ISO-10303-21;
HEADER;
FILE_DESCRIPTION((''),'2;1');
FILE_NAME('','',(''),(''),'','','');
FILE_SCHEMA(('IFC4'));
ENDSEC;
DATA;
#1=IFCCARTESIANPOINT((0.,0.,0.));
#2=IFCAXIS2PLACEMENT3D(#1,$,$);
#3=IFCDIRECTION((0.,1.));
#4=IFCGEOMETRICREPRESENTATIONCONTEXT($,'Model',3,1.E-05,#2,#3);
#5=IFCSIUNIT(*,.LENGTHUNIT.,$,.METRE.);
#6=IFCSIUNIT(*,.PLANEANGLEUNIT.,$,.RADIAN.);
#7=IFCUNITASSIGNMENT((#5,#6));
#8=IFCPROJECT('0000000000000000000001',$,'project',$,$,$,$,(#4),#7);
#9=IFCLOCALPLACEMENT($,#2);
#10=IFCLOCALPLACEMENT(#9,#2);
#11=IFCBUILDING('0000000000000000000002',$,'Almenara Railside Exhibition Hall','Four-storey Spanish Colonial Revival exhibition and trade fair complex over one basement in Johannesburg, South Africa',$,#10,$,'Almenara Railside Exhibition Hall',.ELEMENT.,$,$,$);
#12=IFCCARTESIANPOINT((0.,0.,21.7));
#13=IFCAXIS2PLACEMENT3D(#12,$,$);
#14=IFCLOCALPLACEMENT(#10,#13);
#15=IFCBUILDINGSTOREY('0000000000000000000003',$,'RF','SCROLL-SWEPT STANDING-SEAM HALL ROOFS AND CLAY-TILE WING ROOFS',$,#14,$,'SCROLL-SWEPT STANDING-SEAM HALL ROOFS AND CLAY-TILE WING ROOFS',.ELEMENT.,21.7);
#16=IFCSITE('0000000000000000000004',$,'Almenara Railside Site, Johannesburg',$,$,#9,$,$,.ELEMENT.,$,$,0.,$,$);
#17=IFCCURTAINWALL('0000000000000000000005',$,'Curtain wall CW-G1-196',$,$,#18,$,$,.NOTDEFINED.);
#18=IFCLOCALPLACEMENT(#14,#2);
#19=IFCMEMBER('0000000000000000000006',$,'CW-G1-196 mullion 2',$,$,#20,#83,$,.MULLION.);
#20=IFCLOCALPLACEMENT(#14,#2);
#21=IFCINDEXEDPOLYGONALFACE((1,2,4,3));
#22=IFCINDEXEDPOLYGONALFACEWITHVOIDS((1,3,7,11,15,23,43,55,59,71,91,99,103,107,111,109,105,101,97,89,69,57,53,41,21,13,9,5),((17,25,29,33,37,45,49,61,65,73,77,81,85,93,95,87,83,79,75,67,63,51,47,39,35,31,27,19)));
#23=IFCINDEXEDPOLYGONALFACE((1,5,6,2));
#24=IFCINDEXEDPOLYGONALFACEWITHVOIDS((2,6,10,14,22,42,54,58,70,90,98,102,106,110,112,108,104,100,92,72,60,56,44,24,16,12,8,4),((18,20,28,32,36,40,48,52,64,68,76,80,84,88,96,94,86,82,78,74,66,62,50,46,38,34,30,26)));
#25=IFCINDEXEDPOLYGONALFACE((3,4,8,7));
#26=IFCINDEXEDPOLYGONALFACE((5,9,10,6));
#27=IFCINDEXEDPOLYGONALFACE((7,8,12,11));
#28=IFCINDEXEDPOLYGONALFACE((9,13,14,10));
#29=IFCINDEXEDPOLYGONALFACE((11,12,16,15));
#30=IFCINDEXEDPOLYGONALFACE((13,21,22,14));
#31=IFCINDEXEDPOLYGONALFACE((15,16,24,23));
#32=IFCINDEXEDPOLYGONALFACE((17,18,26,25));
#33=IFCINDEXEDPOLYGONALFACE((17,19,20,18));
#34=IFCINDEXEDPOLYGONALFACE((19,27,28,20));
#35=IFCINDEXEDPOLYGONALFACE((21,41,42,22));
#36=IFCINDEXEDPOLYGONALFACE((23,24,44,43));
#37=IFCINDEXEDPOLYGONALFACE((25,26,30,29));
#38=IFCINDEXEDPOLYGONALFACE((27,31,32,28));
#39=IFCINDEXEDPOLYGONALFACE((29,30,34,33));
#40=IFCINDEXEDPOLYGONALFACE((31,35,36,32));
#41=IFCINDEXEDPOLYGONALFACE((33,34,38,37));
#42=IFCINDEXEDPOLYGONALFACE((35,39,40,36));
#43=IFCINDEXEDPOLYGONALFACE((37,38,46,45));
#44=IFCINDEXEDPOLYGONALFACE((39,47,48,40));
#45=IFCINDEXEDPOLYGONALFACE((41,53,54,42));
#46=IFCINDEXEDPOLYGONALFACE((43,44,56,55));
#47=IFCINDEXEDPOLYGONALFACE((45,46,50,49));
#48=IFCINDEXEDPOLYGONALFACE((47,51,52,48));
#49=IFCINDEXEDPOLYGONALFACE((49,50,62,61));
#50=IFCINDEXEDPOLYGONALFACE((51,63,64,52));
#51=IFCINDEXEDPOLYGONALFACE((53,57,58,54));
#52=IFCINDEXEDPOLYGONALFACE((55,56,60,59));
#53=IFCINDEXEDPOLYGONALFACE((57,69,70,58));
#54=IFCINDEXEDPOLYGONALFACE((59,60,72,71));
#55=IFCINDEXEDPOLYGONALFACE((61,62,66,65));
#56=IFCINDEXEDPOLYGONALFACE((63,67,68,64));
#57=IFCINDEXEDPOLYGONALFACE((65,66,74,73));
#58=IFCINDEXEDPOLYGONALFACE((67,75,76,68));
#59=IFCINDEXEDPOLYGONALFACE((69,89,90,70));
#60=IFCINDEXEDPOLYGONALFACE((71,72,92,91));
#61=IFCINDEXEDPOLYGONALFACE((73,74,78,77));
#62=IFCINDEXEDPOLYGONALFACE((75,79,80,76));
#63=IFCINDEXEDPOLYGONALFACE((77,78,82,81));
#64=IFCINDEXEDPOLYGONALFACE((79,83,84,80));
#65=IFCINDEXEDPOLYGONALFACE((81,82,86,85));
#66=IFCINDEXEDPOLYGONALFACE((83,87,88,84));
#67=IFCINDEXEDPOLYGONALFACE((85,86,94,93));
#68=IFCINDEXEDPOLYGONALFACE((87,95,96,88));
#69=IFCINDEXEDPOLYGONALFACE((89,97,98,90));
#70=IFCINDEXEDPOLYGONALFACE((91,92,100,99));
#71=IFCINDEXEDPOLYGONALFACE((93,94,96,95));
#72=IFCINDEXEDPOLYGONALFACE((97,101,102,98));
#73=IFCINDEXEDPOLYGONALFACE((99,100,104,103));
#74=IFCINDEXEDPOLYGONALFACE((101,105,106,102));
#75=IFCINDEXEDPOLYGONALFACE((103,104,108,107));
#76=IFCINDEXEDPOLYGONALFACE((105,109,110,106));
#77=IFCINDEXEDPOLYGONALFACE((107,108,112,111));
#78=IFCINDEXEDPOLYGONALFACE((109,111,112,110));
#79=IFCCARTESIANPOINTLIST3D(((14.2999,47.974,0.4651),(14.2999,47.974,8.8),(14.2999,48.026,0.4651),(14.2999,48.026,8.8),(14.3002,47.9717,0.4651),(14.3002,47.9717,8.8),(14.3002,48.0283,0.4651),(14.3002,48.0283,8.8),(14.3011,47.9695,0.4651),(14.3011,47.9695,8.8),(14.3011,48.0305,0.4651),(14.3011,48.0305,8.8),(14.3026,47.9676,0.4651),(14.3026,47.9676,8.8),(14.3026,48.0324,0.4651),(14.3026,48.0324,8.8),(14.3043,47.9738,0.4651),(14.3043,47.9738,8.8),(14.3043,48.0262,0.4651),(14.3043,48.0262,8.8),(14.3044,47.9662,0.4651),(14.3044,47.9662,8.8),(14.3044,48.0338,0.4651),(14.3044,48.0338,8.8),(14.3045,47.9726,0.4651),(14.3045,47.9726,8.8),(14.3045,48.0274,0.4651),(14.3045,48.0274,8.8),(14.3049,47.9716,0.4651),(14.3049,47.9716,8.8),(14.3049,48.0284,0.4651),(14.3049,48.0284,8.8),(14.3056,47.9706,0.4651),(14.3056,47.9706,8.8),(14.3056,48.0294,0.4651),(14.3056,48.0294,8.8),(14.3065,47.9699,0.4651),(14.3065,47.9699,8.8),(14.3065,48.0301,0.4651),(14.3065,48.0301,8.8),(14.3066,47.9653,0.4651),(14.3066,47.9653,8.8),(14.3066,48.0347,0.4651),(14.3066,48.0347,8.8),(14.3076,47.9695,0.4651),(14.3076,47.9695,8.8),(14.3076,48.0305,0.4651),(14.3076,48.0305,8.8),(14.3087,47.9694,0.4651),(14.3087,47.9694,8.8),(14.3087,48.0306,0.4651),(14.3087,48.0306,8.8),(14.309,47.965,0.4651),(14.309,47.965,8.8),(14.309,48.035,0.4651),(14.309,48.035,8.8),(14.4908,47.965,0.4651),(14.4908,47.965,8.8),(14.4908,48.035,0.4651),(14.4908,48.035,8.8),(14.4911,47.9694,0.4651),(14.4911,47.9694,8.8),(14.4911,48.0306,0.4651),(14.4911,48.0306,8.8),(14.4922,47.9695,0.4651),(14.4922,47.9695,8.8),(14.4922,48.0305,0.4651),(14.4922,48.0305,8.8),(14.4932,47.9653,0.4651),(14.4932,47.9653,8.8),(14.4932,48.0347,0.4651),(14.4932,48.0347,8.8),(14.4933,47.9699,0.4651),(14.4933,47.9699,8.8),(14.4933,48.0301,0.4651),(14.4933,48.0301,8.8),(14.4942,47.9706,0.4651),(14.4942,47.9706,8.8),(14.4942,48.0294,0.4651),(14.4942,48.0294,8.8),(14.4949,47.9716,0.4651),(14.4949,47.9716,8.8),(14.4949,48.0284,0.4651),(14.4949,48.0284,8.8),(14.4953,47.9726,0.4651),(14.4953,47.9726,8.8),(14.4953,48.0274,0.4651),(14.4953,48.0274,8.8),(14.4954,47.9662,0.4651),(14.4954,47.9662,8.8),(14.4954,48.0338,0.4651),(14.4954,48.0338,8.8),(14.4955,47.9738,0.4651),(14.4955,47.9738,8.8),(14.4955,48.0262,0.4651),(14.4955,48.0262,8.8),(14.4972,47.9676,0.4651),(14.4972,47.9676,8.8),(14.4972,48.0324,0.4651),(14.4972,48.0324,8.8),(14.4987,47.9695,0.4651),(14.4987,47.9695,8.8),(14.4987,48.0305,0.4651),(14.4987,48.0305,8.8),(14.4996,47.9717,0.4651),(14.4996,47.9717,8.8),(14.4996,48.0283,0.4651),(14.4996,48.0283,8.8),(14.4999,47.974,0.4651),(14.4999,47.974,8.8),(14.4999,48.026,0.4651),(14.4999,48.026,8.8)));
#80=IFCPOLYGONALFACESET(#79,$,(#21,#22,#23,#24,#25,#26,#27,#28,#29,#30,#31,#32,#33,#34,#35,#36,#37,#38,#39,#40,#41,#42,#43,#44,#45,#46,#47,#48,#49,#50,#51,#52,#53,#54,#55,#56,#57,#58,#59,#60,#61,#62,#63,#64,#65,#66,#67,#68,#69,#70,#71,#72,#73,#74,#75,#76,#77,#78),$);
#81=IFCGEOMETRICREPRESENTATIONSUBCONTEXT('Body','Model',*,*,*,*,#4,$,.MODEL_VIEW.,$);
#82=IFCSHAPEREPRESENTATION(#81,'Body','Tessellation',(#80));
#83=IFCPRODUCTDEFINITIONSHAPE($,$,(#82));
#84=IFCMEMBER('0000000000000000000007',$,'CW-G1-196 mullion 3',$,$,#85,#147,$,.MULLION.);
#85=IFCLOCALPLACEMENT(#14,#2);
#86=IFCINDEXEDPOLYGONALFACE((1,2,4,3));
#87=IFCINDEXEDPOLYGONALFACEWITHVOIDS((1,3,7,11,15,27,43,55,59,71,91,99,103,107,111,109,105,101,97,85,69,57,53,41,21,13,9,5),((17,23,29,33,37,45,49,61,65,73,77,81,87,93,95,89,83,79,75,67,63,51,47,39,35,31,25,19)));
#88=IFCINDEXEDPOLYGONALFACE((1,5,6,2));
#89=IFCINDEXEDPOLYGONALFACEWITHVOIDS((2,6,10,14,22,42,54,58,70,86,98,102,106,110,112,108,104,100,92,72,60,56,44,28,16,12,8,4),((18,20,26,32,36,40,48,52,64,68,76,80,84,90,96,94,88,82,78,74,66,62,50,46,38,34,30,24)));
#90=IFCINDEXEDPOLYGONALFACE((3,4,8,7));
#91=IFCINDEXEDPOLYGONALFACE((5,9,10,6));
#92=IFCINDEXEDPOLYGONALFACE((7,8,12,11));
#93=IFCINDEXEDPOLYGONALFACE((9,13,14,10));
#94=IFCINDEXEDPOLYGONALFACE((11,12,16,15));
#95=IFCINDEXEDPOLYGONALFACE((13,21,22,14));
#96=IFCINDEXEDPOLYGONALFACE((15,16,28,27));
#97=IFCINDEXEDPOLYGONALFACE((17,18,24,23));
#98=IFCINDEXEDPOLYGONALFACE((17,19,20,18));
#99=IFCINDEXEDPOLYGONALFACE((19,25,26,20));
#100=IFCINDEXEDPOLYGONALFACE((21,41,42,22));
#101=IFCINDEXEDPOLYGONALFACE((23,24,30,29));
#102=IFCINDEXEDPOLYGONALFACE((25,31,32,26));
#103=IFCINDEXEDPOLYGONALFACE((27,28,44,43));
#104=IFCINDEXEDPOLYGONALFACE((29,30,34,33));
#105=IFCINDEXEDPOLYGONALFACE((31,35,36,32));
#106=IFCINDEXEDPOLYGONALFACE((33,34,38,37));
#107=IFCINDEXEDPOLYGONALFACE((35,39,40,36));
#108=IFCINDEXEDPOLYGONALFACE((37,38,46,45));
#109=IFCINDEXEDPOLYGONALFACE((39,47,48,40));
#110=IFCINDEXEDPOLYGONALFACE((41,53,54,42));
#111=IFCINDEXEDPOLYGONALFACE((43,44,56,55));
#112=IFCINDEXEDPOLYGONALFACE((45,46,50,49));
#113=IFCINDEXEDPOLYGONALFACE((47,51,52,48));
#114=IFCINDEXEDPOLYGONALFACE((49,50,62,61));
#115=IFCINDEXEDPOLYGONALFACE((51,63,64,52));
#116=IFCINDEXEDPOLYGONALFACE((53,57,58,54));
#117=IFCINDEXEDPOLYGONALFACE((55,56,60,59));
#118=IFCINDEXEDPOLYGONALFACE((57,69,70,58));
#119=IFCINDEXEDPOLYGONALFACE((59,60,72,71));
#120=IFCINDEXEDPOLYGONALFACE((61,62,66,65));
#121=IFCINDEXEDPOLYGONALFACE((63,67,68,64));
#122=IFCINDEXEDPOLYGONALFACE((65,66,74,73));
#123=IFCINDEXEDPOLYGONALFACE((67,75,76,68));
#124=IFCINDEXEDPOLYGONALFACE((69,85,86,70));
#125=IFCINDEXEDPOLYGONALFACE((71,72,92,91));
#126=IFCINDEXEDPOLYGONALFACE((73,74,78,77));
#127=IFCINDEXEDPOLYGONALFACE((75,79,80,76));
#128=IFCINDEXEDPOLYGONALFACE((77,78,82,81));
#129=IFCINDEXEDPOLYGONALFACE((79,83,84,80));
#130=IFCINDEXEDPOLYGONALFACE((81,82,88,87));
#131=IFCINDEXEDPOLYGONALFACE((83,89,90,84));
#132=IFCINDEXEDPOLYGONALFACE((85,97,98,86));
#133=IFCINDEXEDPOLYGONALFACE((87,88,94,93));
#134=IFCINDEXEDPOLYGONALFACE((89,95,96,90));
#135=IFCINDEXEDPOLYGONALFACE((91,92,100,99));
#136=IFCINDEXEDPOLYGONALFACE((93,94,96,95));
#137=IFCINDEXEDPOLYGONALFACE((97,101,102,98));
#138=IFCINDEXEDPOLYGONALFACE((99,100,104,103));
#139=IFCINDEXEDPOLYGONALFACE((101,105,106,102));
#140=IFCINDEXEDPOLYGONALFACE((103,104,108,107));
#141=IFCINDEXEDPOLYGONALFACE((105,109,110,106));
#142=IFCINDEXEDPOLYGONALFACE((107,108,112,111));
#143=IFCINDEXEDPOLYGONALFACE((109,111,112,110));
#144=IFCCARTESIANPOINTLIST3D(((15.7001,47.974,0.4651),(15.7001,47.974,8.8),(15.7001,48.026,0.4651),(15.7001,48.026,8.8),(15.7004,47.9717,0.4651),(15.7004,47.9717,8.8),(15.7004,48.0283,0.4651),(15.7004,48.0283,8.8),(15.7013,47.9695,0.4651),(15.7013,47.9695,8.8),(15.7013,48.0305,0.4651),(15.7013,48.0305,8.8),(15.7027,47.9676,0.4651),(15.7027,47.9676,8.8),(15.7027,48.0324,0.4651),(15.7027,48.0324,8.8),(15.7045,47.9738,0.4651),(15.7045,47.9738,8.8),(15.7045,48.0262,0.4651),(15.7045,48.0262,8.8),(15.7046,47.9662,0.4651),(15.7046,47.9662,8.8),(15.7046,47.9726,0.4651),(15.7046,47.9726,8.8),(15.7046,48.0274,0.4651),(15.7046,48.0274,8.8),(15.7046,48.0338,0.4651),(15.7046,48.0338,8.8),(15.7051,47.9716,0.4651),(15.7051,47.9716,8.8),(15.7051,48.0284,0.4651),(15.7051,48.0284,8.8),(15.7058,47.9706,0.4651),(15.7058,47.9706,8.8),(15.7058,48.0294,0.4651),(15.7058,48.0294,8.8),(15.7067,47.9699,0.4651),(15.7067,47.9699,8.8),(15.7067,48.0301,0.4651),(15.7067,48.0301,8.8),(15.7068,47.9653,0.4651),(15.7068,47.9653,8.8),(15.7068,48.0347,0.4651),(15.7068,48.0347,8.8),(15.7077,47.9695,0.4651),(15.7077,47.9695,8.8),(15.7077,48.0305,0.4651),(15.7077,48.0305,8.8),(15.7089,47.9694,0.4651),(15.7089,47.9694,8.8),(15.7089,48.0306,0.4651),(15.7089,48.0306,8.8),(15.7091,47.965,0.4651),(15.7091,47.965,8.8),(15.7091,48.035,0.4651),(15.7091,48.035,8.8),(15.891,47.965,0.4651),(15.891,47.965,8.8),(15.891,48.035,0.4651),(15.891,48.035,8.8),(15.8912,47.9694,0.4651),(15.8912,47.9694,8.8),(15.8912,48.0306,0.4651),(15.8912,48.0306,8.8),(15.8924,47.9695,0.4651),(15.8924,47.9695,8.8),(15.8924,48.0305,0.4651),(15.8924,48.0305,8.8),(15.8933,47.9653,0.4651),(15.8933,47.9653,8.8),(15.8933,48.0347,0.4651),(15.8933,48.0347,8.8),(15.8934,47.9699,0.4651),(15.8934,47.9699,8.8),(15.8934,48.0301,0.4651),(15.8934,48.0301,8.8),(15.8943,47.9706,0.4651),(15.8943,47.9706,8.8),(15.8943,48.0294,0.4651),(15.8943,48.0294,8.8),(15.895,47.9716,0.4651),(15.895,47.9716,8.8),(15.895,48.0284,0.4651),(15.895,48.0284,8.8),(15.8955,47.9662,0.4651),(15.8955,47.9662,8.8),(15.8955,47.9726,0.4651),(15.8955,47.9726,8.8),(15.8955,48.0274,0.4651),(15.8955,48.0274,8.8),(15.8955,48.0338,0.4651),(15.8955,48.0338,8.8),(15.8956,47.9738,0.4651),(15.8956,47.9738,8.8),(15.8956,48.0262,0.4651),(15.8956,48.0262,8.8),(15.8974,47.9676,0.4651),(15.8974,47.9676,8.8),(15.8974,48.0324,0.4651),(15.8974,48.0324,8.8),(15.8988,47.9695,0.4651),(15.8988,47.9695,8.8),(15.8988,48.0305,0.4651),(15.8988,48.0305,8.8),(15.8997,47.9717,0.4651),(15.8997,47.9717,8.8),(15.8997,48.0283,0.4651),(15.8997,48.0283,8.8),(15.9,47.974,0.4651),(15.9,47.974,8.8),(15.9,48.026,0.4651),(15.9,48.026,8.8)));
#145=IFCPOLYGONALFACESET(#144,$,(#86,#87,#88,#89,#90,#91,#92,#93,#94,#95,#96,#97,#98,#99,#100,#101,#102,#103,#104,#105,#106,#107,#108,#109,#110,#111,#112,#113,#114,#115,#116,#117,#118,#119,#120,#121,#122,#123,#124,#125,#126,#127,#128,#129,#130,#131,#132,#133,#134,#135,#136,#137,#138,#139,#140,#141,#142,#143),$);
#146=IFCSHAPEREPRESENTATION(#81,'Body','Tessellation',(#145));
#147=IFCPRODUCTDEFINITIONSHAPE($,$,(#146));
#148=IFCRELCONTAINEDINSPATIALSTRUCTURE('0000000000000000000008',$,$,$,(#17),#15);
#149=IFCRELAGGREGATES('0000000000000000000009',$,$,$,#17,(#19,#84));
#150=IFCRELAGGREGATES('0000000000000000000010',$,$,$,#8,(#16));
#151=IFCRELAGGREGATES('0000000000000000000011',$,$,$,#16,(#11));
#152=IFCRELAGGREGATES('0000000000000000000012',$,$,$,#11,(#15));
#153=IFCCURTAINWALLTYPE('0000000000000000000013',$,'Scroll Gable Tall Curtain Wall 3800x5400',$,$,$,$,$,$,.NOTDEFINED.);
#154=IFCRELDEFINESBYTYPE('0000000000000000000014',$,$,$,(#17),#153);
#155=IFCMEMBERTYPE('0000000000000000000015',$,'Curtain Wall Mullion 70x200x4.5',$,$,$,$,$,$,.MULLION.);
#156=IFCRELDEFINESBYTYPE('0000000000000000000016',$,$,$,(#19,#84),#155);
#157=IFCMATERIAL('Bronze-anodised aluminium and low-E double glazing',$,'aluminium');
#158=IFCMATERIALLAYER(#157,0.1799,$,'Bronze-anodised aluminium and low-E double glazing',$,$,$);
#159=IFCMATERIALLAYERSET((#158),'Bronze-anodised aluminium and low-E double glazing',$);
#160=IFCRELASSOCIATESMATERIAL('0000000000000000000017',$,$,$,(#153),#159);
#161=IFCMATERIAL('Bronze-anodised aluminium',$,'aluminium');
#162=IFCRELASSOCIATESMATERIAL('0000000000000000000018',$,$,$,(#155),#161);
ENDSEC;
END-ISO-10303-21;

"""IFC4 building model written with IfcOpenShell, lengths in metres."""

from ifc_helpers import new_model, si_unit, direction, frame, origin, origin_2d, place, context, subcontext, project, spatial, hollow_rectangle, extrude, material, layer, layer_set, material_profile, profile_set, type_object, element, aggregate, save


model = new_model("IFC4")

# Units and contexts
model_context = context("Model", 3, precision=1e-05, world=origin(), true_north=direction((0.0, 1.0)))
body_context = subcontext(model_context, "Body", "Model", "MODEL_VIEW")
ifc_project = project(units=[si_unit("LENGTHUNIT", "METRE"), si_unit("PLANEANGLEUNIT", "RADIAN")], contexts=[model_context])

# Site, building, storey
site_placement = place(None, origin())
site = spatial("IfcSite", under=ifc_project, at=site_placement, Name="Almenara Railside Site, Johannesburg", CompositionType="ELEMENT", RefElevation=0.0)
building_placement = place(site_placement, origin())
building = spatial("IfcBuilding", under=site, at=building_placement, Name="Almenara Railside Exhibition Hall", Description="Four-storey Spanish Colonial Revival exhibition and trade fair complex over one basement in Johannesburg, South Africa", LongName="Almenara Railside Exhibition Hall", CompositionType="ELEMENT")
storey_placement = place(building_placement, frame((0.0, 0.0, 21.7)))
storey = spatial("IfcBuildingStorey", under=building, at=storey_placement, Name="RF", Description="SCROLL-SWEPT STANDING-SEAM HALL ROOFS AND CLAY-TILE WING ROOFS", LongName="SCROLL-SWEPT STANDING-SEAM HALL ROOFS AND CLAY-TILE WING ROOFS", CompositionType="ELEMENT", Elevation=21.7)

# Shared definitions
ifc_material_1 = material(Name="Bronze-anodised aluminium and low-E double glazing", Category="aluminium")
ifc_material_2 = material(Name="Bronze-anodised aluminium", Category="aluminium")

# Curtain wall, members
ifc_layer_1 = layer(ifc_material_1, 0.1799, Name="Bronze-anodised aluminium and low-E double glazing")
ifc_layer_set_1 = layer_set([ifc_layer_1], Name="Bronze-anodised aluminium and low-E double glazing")
curtain_wall_type_1 = type_object("IfcCurtainWallType", Name="Scroll Gable Tall Curtain Wall 3800x5400", PredefinedType="NOTDEFINED", material=ifc_layer_set_1)
curtain_wall_1_placement = place(storey_placement, origin())
curtain_wall_1 = element("IfcCurtainWall", 1, at=curtain_wall_1_placement, inside=storey, type_object=curtain_wall_type_1, Name="Curtain wall CW-G1-196", PredefinedType="NOTDEFINED")
ifc_material_profile_1 = material_profile(ifc_material_2, hollow_rectangle(XDim=0.0701, YDim=0.2, WallThickness=0.0044, InnerFilletRadius=0.0044, OuterFilletRadius=0.009, at=origin_2d()), Name="ALU-MUL 70x200x4.5")
ifc_profile_set_1 = profile_set([ifc_material_profile_1], Name="Bronze-anodised aluminium")
member_type_1 = type_object("IfcMemberType", Name="Curtain Wall Mullion 70x200x4.5", PredefinedType="MULLION", material=ifc_profile_set_1)
member_1_placement = place(storey_placement, frame((14.3999, 48.0, 0.4651), z_axis=(0.0, 0.0, 1.0), x_axis=(0.0, 1.0, 0.0)))
member_1 = element("IfcMember", 2, at=member_1_placement, type_object=member_type_1, Name="CW-G1-196 mullion 2", PredefinedType="MULLION", context=body_context, shape_type="SweptSolid", body=[
    extrude(hollow_rectangle(XDim=0.0701, YDim=0.2, WallThickness=0.0044, InnerFilletRadius=0.0044, OuterFilletRadius=0.009, at=origin_2d()), origin(), (0.0, 0.0, 1.0), 8.335),
])
member_2_placement = place(storey_placement, frame((15.8, 48.0, 0.4651), z_axis=(0.0, 0.0, 1.0), x_axis=(0.0, 1.0, 0.0)))
member_2 = element("IfcMember", 3, at=member_2_placement, type_object=member_type_1, Name="CW-G1-196 mullion 3", PredefinedType="MULLION", context=body_context, shape_type="SweptSolid", body=[
    extrude(hollow_rectangle(XDim=0.0701, YDim=0.2, WallThickness=0.0044, InnerFilletRadius=0.0044, OuterFilletRadius=0.009, at=origin_2d()), origin(), (0.0, 0.0, 1.0), 8.335),
])

aggregate(curtain_wall_1, [member_1, member_2])

save(model, "model.ifc")
